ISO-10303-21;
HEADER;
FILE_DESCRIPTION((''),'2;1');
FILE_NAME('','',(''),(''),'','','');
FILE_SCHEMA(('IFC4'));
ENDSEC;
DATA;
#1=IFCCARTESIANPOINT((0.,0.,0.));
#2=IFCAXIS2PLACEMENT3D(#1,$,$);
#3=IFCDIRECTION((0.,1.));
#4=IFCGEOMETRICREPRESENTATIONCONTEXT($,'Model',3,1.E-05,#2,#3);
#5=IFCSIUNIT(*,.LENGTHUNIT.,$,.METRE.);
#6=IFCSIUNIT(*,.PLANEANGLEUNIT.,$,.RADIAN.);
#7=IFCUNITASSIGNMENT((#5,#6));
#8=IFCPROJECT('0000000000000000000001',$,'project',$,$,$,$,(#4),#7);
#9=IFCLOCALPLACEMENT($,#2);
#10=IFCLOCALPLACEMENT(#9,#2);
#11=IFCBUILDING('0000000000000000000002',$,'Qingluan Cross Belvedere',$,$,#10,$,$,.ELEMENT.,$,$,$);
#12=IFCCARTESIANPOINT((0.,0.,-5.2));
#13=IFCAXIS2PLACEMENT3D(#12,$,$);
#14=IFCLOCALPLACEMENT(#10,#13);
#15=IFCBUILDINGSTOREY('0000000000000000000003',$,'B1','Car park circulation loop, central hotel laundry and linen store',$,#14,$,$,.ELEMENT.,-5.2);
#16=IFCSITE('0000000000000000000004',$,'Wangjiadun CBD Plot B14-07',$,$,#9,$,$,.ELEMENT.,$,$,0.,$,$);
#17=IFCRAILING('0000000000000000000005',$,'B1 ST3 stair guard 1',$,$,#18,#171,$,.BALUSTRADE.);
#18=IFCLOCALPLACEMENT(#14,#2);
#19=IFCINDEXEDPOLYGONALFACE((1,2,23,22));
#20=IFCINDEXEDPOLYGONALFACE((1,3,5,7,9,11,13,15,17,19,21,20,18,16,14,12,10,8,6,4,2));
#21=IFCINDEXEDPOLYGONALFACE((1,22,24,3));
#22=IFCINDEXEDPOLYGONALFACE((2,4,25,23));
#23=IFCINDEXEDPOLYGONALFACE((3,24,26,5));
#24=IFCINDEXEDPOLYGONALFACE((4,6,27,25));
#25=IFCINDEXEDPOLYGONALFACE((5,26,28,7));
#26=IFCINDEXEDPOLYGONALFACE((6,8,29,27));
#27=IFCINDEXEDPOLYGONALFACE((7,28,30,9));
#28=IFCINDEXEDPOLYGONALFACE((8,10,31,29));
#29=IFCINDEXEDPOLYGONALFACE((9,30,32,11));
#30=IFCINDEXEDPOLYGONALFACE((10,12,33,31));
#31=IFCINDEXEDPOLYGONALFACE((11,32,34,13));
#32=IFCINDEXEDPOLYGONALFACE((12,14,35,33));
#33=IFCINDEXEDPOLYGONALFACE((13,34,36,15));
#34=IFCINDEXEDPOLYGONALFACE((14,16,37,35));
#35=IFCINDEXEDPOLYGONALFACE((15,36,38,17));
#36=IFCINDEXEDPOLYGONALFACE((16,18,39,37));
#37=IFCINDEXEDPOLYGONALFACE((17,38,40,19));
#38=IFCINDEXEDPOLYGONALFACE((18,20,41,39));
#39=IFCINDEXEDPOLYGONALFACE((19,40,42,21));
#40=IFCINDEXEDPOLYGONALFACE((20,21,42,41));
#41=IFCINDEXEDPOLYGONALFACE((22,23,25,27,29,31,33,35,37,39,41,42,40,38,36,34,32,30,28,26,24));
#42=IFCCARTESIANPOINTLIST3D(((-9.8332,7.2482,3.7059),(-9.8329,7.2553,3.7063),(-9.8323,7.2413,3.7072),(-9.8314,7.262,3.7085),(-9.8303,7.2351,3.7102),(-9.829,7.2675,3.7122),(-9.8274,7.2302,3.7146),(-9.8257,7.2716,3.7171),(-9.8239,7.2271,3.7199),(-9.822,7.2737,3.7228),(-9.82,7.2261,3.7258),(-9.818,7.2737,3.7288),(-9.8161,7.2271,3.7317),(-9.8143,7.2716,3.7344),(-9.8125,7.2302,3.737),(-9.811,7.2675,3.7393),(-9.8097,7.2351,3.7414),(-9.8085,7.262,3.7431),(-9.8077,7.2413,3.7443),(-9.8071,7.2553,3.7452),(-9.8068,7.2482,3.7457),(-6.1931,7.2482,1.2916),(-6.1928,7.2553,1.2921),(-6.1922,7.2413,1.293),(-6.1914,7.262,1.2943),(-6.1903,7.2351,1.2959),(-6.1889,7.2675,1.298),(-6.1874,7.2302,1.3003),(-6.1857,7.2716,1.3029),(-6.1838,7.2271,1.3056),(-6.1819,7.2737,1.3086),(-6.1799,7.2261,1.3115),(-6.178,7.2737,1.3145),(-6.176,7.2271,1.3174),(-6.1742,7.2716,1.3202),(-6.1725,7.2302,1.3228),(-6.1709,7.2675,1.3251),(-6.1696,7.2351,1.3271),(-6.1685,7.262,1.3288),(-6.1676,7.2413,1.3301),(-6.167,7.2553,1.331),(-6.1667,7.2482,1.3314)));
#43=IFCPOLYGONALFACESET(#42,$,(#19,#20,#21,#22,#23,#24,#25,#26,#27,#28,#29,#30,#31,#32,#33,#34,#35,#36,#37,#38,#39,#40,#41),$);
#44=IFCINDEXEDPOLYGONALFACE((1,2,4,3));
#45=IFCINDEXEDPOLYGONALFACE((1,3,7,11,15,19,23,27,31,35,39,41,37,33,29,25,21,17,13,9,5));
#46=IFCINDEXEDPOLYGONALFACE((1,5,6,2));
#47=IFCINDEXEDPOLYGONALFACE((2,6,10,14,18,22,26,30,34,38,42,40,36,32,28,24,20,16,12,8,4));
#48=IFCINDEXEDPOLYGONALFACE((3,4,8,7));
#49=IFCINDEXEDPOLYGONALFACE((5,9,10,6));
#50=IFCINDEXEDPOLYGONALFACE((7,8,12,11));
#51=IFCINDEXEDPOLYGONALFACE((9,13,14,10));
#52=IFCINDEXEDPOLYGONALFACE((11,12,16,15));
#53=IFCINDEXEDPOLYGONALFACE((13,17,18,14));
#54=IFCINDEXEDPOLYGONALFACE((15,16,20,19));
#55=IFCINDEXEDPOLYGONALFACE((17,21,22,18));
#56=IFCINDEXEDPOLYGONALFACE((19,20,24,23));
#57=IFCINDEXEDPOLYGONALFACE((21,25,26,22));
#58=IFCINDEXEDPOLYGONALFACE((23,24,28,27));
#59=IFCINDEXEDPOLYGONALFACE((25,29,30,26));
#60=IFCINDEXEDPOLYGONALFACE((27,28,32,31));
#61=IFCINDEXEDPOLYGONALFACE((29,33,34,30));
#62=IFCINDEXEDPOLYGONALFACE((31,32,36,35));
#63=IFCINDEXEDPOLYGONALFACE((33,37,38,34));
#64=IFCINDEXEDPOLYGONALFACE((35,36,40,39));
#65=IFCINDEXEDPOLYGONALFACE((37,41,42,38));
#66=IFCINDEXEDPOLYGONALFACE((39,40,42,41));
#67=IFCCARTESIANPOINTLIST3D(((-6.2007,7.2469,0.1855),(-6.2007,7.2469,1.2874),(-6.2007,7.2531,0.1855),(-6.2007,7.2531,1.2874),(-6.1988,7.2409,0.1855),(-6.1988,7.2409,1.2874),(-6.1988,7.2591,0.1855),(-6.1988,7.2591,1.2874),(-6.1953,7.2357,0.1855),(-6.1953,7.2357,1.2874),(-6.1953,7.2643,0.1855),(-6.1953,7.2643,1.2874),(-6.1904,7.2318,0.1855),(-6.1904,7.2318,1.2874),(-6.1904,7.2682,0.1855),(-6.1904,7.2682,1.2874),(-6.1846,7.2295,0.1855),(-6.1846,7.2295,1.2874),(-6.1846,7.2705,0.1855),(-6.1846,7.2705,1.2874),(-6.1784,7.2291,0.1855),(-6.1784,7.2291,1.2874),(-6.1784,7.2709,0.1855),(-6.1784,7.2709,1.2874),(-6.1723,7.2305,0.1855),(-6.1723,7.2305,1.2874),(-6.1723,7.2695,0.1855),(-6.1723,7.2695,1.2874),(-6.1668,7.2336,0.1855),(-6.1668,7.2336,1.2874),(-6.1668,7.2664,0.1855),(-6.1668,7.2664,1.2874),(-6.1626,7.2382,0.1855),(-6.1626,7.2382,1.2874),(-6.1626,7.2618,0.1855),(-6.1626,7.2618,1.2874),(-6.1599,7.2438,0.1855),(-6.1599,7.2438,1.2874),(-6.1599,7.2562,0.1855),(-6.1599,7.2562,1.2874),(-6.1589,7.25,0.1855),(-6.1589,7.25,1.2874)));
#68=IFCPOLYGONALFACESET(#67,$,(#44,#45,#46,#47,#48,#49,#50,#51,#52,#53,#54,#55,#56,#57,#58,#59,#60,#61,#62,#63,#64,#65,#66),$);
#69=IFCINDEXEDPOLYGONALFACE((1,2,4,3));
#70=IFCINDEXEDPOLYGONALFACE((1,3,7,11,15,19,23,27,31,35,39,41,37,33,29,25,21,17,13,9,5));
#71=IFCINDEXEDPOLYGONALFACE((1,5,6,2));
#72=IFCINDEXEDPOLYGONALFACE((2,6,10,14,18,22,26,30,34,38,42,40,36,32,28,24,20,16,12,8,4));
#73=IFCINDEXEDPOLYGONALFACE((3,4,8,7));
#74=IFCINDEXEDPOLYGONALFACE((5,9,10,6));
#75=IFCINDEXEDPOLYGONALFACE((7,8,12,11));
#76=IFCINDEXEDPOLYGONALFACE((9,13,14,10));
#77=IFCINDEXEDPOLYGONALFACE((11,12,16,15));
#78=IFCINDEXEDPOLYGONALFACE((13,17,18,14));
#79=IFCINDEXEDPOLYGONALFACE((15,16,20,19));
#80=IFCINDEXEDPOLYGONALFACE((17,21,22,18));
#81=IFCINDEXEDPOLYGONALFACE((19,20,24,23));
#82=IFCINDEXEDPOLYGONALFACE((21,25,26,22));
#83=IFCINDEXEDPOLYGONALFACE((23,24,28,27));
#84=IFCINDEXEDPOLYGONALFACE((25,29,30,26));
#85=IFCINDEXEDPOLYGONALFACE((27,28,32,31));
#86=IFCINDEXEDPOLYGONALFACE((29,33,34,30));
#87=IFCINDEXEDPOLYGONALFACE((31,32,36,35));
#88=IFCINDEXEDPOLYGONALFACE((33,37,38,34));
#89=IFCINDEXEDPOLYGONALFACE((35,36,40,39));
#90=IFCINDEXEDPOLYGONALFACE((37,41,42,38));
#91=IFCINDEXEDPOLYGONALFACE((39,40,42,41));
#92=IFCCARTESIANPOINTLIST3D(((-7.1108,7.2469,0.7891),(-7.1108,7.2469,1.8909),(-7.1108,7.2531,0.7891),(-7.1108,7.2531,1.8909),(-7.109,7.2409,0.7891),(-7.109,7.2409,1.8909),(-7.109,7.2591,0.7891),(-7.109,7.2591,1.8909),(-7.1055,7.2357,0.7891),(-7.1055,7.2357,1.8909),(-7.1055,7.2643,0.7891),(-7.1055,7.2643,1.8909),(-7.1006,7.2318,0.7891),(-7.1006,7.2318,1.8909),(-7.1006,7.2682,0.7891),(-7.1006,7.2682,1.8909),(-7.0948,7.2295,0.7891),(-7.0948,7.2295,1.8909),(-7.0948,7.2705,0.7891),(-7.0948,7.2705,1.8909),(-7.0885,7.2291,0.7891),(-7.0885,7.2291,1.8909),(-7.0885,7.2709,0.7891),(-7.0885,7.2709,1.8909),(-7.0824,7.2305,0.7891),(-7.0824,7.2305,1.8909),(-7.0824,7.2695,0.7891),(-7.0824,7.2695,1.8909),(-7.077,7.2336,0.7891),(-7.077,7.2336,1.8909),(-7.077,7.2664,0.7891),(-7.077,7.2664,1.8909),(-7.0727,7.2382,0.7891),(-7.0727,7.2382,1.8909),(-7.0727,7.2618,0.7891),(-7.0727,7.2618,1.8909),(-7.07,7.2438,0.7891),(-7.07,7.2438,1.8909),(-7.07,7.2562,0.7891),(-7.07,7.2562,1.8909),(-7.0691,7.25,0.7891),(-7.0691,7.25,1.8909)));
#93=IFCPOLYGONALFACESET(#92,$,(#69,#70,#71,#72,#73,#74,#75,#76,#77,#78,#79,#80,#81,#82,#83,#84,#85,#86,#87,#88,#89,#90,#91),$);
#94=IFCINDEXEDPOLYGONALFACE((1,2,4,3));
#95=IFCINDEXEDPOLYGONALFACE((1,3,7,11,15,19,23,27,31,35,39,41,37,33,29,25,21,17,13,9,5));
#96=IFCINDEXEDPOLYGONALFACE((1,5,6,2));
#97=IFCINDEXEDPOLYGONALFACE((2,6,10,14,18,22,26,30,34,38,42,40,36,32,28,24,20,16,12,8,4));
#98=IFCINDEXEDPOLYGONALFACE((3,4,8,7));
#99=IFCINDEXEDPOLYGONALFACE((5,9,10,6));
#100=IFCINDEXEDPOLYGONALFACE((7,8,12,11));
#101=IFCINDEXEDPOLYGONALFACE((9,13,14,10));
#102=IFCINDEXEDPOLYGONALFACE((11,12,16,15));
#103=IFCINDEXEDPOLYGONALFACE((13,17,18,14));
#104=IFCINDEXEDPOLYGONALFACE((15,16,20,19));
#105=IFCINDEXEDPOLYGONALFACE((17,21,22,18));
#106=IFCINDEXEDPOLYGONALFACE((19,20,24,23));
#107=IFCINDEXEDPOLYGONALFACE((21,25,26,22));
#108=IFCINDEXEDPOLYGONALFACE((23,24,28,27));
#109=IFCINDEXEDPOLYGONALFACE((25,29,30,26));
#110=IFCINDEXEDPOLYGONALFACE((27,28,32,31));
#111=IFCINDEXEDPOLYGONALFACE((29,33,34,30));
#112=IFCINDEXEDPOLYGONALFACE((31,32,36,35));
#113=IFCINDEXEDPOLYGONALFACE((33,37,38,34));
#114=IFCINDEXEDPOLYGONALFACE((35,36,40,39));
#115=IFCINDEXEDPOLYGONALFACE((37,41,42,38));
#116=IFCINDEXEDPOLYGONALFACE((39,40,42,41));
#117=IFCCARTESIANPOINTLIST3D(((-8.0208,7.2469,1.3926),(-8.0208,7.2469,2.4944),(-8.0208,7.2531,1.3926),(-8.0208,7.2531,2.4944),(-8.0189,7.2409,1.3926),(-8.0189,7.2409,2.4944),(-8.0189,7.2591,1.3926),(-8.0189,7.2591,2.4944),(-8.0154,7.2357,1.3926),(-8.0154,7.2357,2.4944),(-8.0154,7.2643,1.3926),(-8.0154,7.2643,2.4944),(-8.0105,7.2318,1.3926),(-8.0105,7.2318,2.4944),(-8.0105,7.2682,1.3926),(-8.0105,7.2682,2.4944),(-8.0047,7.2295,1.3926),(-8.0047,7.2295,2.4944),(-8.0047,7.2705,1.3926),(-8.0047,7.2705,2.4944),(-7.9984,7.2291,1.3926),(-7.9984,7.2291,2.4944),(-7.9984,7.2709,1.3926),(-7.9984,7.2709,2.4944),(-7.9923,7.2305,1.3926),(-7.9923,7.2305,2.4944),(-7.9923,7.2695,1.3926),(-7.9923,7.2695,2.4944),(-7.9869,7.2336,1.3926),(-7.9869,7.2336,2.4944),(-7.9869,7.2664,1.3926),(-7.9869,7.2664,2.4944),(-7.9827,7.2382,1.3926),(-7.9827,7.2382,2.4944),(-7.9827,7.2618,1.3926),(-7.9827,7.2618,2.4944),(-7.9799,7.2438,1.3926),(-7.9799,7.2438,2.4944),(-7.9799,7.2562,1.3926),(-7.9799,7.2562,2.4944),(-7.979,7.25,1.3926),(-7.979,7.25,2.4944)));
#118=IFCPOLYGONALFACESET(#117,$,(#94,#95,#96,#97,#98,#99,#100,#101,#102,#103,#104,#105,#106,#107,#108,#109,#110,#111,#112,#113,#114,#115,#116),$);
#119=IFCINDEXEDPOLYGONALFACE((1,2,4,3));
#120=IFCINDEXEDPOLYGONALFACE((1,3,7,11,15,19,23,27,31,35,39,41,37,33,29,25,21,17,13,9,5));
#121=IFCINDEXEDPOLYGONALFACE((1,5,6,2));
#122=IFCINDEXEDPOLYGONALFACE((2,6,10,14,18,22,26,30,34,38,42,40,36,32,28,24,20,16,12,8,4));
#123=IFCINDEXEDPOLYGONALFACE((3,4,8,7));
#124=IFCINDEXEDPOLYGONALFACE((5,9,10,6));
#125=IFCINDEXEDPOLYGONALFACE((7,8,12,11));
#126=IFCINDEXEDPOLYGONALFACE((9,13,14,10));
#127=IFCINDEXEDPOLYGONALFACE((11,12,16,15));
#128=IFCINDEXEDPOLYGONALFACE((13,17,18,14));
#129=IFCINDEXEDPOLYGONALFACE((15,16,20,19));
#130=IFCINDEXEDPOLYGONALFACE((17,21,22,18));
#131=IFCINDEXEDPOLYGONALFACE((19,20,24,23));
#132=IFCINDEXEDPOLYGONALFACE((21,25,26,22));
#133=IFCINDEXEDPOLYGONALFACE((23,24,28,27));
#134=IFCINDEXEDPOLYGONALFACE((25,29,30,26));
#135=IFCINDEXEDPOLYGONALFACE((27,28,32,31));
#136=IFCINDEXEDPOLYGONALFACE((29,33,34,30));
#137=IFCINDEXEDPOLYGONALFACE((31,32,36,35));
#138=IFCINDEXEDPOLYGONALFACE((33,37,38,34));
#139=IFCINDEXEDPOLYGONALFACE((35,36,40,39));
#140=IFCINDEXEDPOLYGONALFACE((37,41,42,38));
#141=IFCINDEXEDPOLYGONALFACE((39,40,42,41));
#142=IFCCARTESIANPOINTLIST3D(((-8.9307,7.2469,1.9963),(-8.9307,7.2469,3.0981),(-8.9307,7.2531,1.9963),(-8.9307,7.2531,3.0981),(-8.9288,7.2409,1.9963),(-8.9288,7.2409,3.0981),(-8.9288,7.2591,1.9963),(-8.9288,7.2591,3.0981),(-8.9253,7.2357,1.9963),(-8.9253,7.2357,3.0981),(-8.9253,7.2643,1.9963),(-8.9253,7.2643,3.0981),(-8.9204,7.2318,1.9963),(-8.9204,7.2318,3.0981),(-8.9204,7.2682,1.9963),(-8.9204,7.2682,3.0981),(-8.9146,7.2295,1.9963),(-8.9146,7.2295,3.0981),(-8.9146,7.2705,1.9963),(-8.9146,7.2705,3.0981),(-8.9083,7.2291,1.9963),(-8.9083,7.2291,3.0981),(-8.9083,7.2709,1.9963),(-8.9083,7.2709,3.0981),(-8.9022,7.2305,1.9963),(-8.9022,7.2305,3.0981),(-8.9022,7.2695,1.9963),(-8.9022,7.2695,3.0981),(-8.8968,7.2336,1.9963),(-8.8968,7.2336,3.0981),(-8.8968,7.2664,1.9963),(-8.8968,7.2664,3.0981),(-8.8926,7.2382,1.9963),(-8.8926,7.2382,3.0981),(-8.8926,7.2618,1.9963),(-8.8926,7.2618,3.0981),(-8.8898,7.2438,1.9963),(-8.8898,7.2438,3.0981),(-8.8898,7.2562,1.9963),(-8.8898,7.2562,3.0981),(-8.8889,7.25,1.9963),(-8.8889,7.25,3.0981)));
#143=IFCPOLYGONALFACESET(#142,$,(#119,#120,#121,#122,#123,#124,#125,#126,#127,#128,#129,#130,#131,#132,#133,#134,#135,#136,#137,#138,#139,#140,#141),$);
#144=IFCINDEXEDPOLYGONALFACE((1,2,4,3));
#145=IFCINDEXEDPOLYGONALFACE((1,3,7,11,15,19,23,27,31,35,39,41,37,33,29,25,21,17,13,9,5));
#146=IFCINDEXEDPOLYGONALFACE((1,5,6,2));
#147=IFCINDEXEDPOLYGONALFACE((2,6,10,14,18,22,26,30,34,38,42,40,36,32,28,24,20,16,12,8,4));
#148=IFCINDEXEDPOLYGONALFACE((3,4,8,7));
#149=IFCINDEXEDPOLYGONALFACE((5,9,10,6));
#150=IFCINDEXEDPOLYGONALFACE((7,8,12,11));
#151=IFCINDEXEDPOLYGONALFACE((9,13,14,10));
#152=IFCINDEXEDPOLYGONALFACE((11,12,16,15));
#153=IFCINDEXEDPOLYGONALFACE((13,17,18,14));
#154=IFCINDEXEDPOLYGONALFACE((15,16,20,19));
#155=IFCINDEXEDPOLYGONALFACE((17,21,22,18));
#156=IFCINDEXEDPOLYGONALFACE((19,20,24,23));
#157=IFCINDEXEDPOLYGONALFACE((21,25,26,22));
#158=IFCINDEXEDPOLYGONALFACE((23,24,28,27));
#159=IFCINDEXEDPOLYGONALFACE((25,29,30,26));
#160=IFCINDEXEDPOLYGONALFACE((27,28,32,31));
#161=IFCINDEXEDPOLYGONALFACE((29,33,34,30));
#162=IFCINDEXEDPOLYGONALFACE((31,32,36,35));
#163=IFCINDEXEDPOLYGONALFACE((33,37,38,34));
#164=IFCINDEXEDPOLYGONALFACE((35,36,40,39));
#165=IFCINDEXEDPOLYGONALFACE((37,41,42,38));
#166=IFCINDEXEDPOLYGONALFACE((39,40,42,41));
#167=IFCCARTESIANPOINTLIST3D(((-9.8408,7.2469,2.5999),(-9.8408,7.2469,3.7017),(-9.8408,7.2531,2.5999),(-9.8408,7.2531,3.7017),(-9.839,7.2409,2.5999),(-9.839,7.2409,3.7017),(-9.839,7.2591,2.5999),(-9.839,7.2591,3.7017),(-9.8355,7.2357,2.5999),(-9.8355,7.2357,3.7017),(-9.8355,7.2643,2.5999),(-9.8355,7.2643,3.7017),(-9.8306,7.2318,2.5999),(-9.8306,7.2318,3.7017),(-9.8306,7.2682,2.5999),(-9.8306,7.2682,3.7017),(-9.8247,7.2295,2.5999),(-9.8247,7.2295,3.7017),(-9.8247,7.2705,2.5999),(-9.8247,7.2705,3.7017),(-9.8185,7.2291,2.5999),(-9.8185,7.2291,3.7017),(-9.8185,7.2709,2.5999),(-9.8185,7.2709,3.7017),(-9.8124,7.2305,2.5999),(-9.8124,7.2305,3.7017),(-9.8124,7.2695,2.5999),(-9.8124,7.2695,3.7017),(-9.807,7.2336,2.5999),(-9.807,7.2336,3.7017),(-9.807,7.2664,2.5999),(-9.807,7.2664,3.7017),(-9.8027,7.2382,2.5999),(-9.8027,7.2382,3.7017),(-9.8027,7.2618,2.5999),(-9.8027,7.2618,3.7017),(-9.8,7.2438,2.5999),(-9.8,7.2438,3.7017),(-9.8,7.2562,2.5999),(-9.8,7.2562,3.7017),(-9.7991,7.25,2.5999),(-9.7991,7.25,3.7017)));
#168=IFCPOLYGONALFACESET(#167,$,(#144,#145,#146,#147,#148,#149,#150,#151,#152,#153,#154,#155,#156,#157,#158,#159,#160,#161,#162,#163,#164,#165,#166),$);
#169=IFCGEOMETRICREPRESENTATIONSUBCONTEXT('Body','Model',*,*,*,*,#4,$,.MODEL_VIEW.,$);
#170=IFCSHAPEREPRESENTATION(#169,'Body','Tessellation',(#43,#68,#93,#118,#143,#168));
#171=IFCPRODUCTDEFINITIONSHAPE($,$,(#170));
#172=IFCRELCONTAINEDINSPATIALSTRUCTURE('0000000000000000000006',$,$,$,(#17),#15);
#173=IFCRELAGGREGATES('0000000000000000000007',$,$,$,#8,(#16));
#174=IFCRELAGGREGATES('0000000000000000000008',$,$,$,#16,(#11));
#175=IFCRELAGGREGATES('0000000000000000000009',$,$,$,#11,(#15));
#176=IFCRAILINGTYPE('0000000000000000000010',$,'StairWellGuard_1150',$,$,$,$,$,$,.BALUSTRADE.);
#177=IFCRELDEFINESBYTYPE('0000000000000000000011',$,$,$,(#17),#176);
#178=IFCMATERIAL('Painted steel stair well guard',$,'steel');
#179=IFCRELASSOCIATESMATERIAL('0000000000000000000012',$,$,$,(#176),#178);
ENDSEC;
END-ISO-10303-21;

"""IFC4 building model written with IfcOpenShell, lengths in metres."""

from ifc_helpers import new_model, si_unit, direction, frame, origin, origin_2d, place, context, subcontext, project, spatial, circle, extrude, material, type_object, element, save


model = new_model("IFC4")

# Units and contexts
model_context = context("Model", 3, precision=1e-05, world=origin(), true_north=direction((0.0, 1.0)))
body_context = subcontext(model_context, "Body", "Model", "MODEL_VIEW")
ifc_project = project(units=[si_unit("LENGTHUNIT", "METRE"), si_unit("PLANEANGLEUNIT", "RADIAN")], contexts=[model_context])

# Site, building, storey
site_placement = place(None, origin())
site = spatial("IfcSite", under=ifc_project, at=site_placement, Name="Wangjiadun CBD Plot B14-07", CompositionType="ELEMENT", RefElevation=0.0)
building_placement = place(site_placement, origin())
building = spatial("IfcBuilding", under=site, at=building_placement, Name="Qingluan Cross Belvedere", CompositionType="ELEMENT")
storey_placement = place(building_placement, frame((0.0, 0.0, -5.2)))
storey = spatial("IfcBuildingStorey", under=building, at=storey_placement, Name="B1", Description="Car park circulation loop, central hotel laundry and linen store", CompositionType="ELEMENT", Elevation=-5.2)

# Railing
ifc_material_1 = material(Name="Painted steel stair well guard", Category="steel")
railing_type_1 = type_object("IfcRailingType", Name="StairWellGuard_1150", PredefinedType="BALUSTRADE", material=ifc_material_1)
railing_1_placement = place(storey_placement, frame((-6.1799, 7.25, 0.1855)))
element("IfcRailing", 1, at=railing_1_placement, inside=storey, type_object=railing_type_1, Name="B1 ST3 stair guard 1", PredefinedType="BALUSTRADE", context=body_context, shape_type="SweptSolid", body=[
    extrude(circle(Radius=0.0239, at=origin_2d()), frame((0.0, 0.0, 1.126), z_axis=(-0.833364, 0.0, 0.552725), x_axis=(0.0, -1.0, 0.0)), (0.0, 0.0, 1.0), 4.3679),
    extrude(circle(Radius=0.021, at=origin_2d()), origin(), (0.0, 0.0, 1.0), 1.1018),
    extrude(circle(Radius=0.021, at=origin_2d()), frame((-0.9102, 0.0, 0.6035)), (0.0, 0.0, 1.0), 1.1018),
    extrude(circle(Radius=0.021, at=origin_2d()), frame((-1.8201, 0.0, 1.207)), (0.0, 0.0, 1.0), 1.1018),
    extrude(circle(Radius=0.021, at=origin_2d()), frame((-2.73, 0.0, 1.8108)), (0.0, 0.0, 1.0), 1.1018),
    extrude(circle(Radius=0.021, at=origin_2d()), frame((-3.6401, 0.0, 2.4143)), (0.0, 0.0, 1.0), 1.1018),
])

save(model, "model.ifc")
